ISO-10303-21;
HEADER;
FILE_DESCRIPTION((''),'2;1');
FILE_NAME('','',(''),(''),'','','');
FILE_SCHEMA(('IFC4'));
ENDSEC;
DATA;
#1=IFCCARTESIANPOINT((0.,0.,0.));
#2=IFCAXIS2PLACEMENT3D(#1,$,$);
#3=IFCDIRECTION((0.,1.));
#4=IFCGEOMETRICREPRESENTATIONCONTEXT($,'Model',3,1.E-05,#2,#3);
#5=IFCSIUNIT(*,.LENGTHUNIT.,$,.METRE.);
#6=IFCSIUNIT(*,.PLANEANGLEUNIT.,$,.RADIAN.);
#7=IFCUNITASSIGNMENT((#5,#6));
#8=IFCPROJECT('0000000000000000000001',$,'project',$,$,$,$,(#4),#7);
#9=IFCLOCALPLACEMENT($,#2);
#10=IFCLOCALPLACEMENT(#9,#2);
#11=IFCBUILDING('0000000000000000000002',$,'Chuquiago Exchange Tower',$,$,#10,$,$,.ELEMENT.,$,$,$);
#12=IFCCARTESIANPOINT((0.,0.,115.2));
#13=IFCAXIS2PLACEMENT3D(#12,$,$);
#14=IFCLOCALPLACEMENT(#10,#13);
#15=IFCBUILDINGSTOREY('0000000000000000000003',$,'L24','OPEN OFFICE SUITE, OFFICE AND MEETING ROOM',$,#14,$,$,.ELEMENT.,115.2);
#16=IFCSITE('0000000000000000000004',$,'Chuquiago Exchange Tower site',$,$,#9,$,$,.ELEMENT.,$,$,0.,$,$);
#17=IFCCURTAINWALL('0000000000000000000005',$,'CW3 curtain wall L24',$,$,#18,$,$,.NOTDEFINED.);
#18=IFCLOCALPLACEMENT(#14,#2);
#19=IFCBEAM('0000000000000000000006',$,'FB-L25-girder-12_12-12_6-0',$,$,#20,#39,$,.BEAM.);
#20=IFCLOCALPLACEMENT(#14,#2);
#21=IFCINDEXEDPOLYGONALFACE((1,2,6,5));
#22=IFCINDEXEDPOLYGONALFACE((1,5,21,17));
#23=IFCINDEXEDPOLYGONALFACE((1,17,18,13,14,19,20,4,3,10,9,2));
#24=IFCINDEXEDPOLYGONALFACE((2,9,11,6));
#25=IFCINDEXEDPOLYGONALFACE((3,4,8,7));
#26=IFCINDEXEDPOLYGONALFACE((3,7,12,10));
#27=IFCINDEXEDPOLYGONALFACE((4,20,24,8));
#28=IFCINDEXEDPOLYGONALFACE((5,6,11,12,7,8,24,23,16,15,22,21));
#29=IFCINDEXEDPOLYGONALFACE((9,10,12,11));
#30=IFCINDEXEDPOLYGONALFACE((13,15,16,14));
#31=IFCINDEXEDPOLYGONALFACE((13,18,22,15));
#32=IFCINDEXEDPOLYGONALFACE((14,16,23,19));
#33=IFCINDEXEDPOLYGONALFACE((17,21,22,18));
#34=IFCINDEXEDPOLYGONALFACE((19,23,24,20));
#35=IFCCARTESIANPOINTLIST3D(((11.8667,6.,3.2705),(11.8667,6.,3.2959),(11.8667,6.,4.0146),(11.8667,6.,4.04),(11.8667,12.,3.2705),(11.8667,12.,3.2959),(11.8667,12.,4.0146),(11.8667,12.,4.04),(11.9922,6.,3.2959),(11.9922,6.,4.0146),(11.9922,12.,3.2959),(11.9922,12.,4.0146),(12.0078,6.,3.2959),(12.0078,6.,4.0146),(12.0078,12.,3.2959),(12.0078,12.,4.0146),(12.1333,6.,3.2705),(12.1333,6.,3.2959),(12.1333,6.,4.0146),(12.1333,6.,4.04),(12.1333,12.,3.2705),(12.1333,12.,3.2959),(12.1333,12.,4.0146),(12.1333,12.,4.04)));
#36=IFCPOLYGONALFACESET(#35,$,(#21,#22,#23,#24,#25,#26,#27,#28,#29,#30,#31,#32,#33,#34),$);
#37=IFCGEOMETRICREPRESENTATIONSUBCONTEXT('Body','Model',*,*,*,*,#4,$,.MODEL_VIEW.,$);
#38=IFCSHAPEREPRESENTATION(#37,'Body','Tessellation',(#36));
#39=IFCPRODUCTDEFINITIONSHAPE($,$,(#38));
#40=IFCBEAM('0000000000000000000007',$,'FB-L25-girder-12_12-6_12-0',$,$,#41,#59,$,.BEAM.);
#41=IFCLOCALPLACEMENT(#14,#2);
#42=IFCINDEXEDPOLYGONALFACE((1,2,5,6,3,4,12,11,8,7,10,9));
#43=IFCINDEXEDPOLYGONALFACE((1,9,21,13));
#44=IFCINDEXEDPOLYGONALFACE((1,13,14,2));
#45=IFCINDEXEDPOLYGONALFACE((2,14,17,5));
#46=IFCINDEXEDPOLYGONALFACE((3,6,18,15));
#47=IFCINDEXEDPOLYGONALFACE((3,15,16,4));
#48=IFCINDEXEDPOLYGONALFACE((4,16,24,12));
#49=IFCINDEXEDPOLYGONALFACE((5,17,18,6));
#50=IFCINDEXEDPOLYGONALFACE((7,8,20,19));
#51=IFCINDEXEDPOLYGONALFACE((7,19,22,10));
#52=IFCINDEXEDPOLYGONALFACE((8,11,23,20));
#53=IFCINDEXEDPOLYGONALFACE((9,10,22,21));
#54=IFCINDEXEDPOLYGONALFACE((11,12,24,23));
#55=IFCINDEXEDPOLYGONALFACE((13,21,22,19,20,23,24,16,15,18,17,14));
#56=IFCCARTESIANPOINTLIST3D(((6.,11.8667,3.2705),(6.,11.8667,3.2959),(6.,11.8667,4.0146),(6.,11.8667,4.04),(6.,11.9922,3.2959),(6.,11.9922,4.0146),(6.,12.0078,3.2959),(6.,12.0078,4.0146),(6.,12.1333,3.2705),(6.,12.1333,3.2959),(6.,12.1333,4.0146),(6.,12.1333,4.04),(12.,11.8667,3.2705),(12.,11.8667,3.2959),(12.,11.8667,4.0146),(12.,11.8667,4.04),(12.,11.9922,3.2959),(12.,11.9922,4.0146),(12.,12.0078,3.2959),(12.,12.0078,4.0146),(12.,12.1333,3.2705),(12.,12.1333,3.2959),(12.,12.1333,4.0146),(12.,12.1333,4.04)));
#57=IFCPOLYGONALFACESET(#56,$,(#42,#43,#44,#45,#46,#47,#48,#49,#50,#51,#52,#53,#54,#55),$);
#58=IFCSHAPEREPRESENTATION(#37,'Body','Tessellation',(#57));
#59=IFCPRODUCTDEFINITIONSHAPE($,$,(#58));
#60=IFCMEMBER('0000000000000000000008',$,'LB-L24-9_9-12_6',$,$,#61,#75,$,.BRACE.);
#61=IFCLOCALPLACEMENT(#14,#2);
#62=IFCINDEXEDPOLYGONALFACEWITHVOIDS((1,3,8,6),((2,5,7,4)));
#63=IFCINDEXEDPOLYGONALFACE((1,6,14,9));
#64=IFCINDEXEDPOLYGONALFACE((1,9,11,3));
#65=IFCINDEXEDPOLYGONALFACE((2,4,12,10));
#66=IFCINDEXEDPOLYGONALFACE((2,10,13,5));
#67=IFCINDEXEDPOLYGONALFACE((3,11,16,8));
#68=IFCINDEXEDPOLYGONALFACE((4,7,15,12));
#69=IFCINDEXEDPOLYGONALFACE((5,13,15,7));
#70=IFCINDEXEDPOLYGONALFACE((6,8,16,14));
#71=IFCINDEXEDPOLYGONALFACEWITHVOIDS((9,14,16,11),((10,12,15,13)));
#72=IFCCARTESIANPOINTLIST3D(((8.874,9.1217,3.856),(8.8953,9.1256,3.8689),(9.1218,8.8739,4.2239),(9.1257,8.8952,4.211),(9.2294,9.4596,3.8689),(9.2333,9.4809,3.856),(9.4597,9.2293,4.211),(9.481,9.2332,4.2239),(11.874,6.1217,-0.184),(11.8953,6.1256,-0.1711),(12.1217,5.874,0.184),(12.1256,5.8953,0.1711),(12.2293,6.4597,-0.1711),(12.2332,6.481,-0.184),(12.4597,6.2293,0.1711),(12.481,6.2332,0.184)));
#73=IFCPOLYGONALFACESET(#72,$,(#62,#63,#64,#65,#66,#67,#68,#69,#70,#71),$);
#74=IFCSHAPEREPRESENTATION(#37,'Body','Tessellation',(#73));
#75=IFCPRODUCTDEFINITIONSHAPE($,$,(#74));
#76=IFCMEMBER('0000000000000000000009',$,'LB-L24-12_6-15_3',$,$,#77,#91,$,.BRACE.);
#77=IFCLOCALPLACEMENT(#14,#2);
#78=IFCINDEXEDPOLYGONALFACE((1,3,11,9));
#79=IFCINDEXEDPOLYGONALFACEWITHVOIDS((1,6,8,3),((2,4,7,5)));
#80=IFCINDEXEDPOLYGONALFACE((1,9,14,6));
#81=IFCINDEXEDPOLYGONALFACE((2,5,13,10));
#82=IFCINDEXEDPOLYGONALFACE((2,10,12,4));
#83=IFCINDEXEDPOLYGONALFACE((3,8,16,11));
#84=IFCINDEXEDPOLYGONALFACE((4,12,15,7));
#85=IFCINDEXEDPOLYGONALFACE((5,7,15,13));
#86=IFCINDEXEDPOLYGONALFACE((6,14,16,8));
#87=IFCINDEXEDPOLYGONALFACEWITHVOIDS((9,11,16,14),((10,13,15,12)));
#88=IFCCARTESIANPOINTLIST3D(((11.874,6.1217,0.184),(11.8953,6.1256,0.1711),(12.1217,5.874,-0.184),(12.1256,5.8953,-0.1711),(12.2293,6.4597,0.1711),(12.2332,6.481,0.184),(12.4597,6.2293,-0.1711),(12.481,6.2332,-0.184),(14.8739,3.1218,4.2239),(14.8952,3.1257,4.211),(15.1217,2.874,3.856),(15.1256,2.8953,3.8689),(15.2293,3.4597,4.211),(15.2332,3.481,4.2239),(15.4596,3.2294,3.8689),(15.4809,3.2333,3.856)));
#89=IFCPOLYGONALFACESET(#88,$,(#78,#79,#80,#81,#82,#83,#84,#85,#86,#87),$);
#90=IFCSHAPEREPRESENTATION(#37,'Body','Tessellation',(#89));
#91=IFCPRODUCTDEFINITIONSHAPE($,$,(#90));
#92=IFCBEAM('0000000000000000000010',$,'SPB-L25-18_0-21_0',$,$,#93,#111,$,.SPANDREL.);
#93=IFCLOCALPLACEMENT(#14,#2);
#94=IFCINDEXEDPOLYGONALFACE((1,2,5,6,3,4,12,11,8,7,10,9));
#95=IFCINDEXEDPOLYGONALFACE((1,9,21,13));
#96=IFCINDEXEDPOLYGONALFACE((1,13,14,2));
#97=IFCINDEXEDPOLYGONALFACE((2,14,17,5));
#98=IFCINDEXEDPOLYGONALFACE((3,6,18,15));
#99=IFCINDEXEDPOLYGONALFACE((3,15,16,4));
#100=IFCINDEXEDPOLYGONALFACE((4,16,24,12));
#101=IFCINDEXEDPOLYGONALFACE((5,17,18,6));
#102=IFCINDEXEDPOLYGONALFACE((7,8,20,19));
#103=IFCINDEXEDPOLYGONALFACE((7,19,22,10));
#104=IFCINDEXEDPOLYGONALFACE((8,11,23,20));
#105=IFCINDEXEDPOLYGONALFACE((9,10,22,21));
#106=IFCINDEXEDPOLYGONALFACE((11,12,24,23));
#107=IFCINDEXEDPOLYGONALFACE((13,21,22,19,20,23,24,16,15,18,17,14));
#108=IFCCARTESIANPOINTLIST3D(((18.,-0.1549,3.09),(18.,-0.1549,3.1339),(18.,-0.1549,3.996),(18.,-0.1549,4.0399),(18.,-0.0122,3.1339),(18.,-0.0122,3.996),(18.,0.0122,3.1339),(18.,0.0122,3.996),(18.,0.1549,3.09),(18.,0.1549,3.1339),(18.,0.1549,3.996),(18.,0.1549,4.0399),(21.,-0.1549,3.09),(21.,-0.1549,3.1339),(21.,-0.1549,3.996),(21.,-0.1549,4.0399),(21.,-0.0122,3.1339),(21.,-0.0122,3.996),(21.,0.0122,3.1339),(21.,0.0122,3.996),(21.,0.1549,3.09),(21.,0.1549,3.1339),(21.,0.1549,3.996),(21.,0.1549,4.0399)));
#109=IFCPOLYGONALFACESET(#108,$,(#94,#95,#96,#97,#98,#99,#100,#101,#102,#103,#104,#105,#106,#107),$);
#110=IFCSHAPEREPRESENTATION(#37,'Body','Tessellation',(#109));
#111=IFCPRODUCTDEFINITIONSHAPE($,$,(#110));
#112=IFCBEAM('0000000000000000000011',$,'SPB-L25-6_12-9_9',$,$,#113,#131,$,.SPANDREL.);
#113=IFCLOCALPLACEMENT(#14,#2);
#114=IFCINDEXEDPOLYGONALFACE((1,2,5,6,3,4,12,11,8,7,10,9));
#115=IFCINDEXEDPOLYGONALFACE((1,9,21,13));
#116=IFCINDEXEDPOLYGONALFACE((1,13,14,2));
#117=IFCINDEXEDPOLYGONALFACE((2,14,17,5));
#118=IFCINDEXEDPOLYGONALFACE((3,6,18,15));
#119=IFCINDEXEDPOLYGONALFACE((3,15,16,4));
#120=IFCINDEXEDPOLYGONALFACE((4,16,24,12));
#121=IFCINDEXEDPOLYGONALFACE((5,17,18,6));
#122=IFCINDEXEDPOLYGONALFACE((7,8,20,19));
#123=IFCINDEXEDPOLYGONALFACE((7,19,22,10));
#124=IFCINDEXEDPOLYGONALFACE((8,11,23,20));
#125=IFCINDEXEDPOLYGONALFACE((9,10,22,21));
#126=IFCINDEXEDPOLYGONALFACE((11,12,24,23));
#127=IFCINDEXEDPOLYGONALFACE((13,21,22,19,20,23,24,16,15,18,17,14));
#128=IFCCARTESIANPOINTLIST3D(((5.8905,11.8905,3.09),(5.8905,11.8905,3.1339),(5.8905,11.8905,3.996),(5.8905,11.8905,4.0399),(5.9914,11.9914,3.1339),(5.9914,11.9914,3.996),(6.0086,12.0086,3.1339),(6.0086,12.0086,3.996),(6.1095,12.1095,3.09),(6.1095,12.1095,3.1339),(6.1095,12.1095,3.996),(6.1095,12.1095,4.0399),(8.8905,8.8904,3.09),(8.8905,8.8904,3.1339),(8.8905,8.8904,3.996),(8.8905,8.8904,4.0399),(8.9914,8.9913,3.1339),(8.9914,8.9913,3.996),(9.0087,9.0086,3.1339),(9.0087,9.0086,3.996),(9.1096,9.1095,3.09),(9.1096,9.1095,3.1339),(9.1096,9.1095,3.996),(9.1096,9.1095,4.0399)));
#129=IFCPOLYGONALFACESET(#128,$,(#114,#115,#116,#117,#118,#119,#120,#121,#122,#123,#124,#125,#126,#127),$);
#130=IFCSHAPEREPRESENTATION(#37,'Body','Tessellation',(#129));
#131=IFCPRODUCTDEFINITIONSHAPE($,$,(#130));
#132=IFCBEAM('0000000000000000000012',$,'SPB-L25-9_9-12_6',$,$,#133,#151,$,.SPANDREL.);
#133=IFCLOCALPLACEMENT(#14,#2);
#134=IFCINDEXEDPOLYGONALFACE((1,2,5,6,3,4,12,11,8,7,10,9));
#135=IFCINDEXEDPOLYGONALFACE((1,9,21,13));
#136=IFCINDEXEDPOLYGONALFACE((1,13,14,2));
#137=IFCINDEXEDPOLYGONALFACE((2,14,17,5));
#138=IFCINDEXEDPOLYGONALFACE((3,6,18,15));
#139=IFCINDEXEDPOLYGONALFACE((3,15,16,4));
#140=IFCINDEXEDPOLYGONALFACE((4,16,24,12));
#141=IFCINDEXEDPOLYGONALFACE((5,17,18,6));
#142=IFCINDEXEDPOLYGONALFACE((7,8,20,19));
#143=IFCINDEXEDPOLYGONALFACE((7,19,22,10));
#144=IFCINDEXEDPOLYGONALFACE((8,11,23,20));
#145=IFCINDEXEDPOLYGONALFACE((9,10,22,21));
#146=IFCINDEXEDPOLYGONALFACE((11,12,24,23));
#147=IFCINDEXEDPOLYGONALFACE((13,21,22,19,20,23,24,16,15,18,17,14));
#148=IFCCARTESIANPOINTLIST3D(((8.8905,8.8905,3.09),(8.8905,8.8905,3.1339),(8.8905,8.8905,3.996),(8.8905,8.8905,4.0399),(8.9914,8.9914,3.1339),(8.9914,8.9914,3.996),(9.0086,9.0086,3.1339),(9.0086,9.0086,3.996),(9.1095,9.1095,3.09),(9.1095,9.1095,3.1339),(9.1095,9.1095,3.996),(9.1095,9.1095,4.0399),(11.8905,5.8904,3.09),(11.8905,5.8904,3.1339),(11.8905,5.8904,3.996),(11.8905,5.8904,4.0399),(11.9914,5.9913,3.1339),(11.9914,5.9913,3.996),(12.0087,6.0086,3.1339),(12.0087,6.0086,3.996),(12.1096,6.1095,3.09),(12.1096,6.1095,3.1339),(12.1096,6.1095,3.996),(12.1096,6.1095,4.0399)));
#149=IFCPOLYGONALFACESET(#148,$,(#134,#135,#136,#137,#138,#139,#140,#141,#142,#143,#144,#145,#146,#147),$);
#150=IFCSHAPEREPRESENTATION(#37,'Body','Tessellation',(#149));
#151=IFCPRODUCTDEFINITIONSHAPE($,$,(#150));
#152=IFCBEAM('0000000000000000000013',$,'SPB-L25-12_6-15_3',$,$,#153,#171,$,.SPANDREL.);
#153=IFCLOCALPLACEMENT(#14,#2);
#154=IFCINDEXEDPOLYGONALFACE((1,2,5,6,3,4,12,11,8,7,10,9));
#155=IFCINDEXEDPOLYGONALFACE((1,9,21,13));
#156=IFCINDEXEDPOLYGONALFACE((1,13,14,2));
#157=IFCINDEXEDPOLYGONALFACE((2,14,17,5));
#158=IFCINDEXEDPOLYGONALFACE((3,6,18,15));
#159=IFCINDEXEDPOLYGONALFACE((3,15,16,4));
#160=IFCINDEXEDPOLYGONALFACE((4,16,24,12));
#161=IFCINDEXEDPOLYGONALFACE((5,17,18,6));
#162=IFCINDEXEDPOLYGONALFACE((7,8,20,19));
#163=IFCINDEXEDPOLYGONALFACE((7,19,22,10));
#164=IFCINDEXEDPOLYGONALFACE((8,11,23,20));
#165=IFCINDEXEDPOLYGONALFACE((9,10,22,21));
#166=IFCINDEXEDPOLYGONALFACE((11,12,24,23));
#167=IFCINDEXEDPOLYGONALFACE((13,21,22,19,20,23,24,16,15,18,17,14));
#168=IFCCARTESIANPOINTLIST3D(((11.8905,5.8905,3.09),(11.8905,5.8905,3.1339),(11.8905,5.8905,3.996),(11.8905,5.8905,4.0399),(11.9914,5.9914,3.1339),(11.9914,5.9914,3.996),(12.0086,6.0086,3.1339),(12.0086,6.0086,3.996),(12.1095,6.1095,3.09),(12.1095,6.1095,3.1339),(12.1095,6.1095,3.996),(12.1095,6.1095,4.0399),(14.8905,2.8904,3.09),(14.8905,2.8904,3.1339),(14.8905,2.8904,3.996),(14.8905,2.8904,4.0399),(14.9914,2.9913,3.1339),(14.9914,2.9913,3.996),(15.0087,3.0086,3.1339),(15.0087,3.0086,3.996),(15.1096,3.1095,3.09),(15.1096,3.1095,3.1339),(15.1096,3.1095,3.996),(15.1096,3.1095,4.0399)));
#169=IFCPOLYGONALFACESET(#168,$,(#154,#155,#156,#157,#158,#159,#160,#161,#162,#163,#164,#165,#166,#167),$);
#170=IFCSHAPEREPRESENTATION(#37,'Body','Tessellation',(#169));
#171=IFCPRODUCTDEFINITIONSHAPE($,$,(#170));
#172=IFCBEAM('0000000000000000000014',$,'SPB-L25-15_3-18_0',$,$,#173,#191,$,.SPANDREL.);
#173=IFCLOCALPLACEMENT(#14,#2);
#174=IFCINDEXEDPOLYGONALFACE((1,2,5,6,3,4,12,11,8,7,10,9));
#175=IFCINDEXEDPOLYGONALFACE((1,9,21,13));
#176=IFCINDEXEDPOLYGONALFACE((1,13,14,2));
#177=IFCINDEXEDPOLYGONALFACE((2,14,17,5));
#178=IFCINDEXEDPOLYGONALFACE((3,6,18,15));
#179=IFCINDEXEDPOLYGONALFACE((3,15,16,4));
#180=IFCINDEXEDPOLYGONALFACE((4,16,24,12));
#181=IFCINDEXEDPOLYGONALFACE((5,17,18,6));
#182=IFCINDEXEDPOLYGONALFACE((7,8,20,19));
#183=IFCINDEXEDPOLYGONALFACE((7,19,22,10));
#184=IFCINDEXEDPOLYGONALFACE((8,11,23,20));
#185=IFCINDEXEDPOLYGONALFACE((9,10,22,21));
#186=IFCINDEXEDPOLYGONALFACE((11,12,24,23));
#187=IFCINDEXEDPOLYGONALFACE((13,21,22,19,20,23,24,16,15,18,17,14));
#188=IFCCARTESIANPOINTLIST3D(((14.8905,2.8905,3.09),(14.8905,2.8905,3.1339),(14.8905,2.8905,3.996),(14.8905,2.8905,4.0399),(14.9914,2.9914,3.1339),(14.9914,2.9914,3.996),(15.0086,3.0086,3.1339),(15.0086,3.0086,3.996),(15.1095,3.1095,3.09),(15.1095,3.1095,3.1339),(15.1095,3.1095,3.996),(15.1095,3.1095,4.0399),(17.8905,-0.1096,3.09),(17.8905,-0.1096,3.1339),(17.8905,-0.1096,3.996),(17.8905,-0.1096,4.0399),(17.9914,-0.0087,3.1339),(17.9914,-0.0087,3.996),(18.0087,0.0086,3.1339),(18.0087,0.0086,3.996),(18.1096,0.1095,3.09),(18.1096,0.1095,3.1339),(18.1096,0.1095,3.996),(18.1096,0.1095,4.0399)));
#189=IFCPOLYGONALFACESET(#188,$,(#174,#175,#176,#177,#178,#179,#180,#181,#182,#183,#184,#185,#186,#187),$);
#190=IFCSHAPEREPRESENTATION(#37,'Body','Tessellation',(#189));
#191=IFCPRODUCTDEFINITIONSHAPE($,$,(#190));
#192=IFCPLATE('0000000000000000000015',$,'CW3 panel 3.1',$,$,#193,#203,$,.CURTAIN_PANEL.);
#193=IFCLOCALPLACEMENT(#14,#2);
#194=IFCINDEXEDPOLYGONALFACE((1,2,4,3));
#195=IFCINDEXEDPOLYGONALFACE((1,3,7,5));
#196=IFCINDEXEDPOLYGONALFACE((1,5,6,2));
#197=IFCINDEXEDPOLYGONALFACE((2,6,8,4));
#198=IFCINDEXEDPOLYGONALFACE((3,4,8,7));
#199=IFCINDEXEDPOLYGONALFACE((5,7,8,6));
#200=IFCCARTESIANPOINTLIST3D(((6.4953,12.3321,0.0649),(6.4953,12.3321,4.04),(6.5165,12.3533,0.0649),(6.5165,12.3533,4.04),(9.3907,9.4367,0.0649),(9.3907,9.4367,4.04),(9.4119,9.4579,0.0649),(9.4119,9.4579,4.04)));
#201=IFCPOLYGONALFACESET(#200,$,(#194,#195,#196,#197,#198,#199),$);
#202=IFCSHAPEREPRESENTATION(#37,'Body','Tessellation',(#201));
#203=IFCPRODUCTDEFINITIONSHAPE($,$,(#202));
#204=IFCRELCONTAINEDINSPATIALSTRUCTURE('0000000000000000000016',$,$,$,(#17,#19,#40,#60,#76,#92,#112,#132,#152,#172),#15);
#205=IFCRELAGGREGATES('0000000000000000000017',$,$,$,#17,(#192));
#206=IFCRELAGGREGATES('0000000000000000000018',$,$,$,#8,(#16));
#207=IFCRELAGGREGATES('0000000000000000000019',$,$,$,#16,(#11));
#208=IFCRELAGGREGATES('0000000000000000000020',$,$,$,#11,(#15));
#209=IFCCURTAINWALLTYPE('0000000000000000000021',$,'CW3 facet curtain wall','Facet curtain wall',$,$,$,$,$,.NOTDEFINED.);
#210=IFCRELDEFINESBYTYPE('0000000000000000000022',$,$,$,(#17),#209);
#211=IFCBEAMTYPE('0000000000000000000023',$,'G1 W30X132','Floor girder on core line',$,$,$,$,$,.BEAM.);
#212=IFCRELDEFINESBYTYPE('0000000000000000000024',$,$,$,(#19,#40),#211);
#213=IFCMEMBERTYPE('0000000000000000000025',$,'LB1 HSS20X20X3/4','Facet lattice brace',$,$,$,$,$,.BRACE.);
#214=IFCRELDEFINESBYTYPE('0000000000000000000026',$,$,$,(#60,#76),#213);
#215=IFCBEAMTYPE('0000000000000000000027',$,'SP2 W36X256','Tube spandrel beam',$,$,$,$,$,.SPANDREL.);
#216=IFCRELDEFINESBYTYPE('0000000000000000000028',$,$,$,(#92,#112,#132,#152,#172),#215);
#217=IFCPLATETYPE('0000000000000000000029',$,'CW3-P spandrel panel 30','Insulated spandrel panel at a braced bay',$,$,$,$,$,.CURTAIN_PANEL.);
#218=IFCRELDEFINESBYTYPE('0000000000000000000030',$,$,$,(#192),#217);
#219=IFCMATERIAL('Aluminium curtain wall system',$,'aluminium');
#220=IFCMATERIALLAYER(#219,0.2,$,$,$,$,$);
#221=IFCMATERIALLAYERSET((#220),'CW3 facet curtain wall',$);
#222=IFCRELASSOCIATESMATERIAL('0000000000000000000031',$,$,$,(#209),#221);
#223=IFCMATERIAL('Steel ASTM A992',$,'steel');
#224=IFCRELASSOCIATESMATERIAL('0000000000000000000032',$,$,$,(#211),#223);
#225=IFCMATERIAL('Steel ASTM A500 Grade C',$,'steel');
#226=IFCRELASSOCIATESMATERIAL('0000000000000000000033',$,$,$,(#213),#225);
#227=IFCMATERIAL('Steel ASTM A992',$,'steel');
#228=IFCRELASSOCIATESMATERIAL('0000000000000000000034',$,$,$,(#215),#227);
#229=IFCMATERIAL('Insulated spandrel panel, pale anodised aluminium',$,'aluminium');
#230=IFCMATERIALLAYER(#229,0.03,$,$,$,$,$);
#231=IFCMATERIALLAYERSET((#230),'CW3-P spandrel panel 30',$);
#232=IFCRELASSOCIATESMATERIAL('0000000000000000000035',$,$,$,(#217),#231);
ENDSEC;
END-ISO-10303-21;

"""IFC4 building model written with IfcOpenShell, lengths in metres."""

from ifc_helpers import new_model, si_unit, direction, frame, origin, origin_2d, place, context, subcontext, project, spatial, rectangle, hollow_rectangle, i_section, extrude, material, layer, layer_set, material_profile, profile_set, type_object, element, aggregate, save


model = new_model("IFC4")

# Units and contexts
model_context = context("Model", 3, precision=1e-05, world=origin(), true_north=direction((0.0, 1.0)))
body_context = subcontext(model_context, "Body", "Model", "MODEL_VIEW")
ifc_project = project(units=[si_unit("LENGTHUNIT", "METRE"), si_unit("PLANEANGLEUNIT", "RADIAN")], contexts=[model_context])

# Site, building, storey
site_placement = place(None, origin())
site = spatial("IfcSite", under=ifc_project, at=site_placement, Name="Chuquiago Exchange Tower site", CompositionType="ELEMENT", RefElevation=0.0)
building_placement = place(site_placement, origin())
building = spatial("IfcBuilding", under=site, at=building_placement, Name="Chuquiago Exchange Tower", CompositionType="ELEMENT")
storey_placement = place(building_placement, frame((0.0, 0.0, 115.2)))
storey = spatial("IfcBuildingStorey", under=building, at=storey_placement, Name="L24", Description="OPEN OFFICE SUITE, OFFICE AND MEETING ROOM", CompositionType="ELEMENT", Elevation=115.2)

# Curtain wall
ifc_material_1 = material(Name="Aluminium curtain wall system", Category="aluminium")
ifc_layer_1 = layer(ifc_material_1, 0.2)
ifc_layer_set_1 = layer_set([ifc_layer_1], Name="CW3 facet curtain wall")
curtain_wall_type = type_object("IfcCurtainWallType", Name="CW3 facet curtain wall", Description="Facet curtain wall", PredefinedType="NOTDEFINED", material=ifc_layer_set_1)
curtain_wall_placement = place(storey_placement, origin())
curtain_wall = element("IfcCurtainWall", 1, at=curtain_wall_placement, inside=storey, type_object=curtain_wall_type, Name="CW3 curtain wall L24", PredefinedType="NOTDEFINED")

# Beams
ifc_material_2 = material(Name="Steel ASTM A992", Category="steel")
ifc_material_profile_1 = material_profile(ifc_material_2, i_section(OverallWidth=0.2666, OverallDepth=0.7695, WebThickness=0.0156, FlangeThickness=0.0254, at=origin_2d()), Name="W30X132")
ifc_profile_set_1 = profile_set([ifc_material_profile_1], Name="Steel ASTM A992")
beam_type_1 = type_object("IfcBeamType", Name="G1 W30X132", Description="Floor girder on core line", PredefinedType="BEAM", material=ifc_profile_set_1)
for number, where, z_axis, x_axis, name in (
    (2, (12.0, 12.0, 3.6553), (0.0, -1.0, 0.0), (1.0, 0.0, 0.0), "FB-L25-girder-12_12-12_6-0"),
    (3, (12.0, 12.0, 3.6553), (-1.0, 0.0, 0.0), (0.0, -1.0, 0.0), "FB-L25-girder-12_12-6_12-0"),
):
    element("IfcBeam", number, at=place(storey_placement, frame(where, z_axis=z_axis, x_axis=x_axis)), inside=storey, type_object=beam_type_1, Name=name, PredefinedType="BEAM", context=body_context, shape_type="SweptSolid", body=[
        extrude(i_section(OverallWidth=0.2666, OverallDepth=0.7695, WebThickness=0.0156, FlangeThickness=0.0254, at=origin_2d()), origin(), (0.0, 0.0, 1.0), 6.0),
    ])

# Members
ifc_material_3 = material(Name="Steel ASTM A500 Grade C", Category="steel")
ifc_material_profile_2 = material_profile(ifc_material_3, hollow_rectangle(XDim=0.5081, YDim=0.5081, WallThickness=0.0178, at=origin_2d()), Name="HSS20X20X3/4")
ifc_profile_set_2 = profile_set([ifc_material_profile_2], Name="Steel ASTM A500 Grade C")
member_type_1 = type_object("IfcMemberType", Name="LB1 HSS20X20X3/4", Description="Facet lattice brace", PredefinedType="BRACE", material=ifc_profile_set_2)
for number, where, z_axis, x_axis, name in (
    (4, (12.1775, 6.1775, 0.0), (-0.512077, 0.512077, 0.689604), (-0.707107, -0.707107, 0.0), "LB-L24-9_9-12_6"),
    (5, (12.1775, 6.1775, 0.0), (0.512077, -0.512077, 0.689604), (0.707107, 0.707107, 0.0), "LB-L24-12_6-15_3"),
):
    element("IfcMember", number, at=place(storey_placement, frame(where, z_axis=z_axis, x_axis=x_axis)), inside=storey, type_object=member_type_1, Name=name, PredefinedType="BRACE", context=body_context, shape_type="SweptSolid", body=[
        extrude(hollow_rectangle(XDim=0.5081, YDim=0.5081, WallThickness=0.0178, at=origin_2d()), origin(), (0.0, 0.0, 1.0), 5.8584),
    ])

# Beams
ifc_material_4 = material(Name="Steel ASTM A992", Category="steel")
ifc_material_profile_3 = material_profile(ifc_material_4, i_section(OverallWidth=0.3098, OverallDepth=0.95, WebThickness=0.0244, FlangeThickness=0.0439, at=origin_2d()), Name="W36X256")
ifc_profile_set_3 = profile_set([ifc_material_profile_3], Name="Steel ASTM A992")
beam_type_2 = type_object("IfcBeamType", Name="SP2 W36X256", Description="Tube spandrel beam", PredefinedType="SPANDREL", material=ifc_profile_set_3)
beam_1_placement = place(storey_placement, frame((18.0, 0.0, 3.5649), z_axis=(1.0, 0.0, 0.0), x_axis=(0.0, 1.0, 0.0)))
element("IfcBeam", 6, at=beam_1_placement, inside=storey, type_object=beam_type_2, Name="SPB-L25-18_0-21_0", PredefinedType="SPANDREL", context=body_context, shape_type="SweptSolid", body=[
    extrude(i_section(OverallWidth=0.3098, OverallDepth=0.95, WebThickness=0.0244, FlangeThickness=0.0439, at=origin_2d()), origin(), (0.0, 0.0, 1.0), 3.0),
])
for number, where, z_axis, x_axis, name in (
    (7, (6.0, 12.0, 3.5649), (0.707107, -0.707107, 0.0), (0.707107, 0.707107, 0.0), "SPB-L25-6_12-9_9"),
    (8, (9.0, 9.0, 3.5649), (0.707107, -0.707107, 0.0), (0.707107, 0.707107, 0.0), "SPB-L25-9_9-12_6"),
    (9, (12.0, 6.0, 3.5649), (0.707107, -0.707107, 0.0), (0.707107, 0.707107, 0.0), "SPB-L25-12_6-15_3"),
    (10, (15.0, 3.0, 3.5649), (0.707107, -0.707107, 0.0), (0.707107, 0.707107, 0.0), "SPB-L25-15_3-18_0"),
):
    element("IfcBeam", number, at=place(storey_placement, frame(where, z_axis=z_axis, x_axis=x_axis)), inside=storey, type_object=beam_type_2, Name=name, PredefinedType="SPANDREL", context=body_context, shape_type="SweptSolid", body=[
        extrude(i_section(OverallWidth=0.3098, OverallDepth=0.95, WebThickness=0.0244, FlangeThickness=0.0439, at=origin_2d()), origin(), (0.0, 0.0, 1.0), 4.2427),
    ])

# Plate
ifc_material_5 = material(Name="Insulated spandrel panel, pale anodised aluminium", Category="aluminium")
ifc_layer_2 = layer(ifc_material_5, 0.03)
ifc_layer_set_2 = layer_set([ifc_layer_2], Name="CW3-P spandrel panel 30")
plate_type = type_object("IfcPlateType", Name="CW3-P spandrel panel 30", Description="Insulated spandrel panel at a braced bay", PredefinedType="CURTAIN_PANEL", material=ifc_layer_set_2)
plate_1_placement = place(storey_placement, frame((7.9536, 10.895, 0.0649), z_axis=(0.0, 0.0, 1.0), x_axis=(0.707107, -0.707107, 0.0)))
plate_1 = element("IfcPlate", 11, at=plate_1_placement, type_object=plate_type, Name="CW3 panel 3.1", PredefinedType="CURTAIN_PANEL", context=body_context, shape_type="SweptSolid", body=[
    extrude(rectangle(XDim=4.0947, YDim=0.03, at=origin_2d()), origin(), (0.0, 0.0, 1.0), 3.9751),
])
aggregate(curtain_wall, [plate_1])

save(model, "model.ifc")
